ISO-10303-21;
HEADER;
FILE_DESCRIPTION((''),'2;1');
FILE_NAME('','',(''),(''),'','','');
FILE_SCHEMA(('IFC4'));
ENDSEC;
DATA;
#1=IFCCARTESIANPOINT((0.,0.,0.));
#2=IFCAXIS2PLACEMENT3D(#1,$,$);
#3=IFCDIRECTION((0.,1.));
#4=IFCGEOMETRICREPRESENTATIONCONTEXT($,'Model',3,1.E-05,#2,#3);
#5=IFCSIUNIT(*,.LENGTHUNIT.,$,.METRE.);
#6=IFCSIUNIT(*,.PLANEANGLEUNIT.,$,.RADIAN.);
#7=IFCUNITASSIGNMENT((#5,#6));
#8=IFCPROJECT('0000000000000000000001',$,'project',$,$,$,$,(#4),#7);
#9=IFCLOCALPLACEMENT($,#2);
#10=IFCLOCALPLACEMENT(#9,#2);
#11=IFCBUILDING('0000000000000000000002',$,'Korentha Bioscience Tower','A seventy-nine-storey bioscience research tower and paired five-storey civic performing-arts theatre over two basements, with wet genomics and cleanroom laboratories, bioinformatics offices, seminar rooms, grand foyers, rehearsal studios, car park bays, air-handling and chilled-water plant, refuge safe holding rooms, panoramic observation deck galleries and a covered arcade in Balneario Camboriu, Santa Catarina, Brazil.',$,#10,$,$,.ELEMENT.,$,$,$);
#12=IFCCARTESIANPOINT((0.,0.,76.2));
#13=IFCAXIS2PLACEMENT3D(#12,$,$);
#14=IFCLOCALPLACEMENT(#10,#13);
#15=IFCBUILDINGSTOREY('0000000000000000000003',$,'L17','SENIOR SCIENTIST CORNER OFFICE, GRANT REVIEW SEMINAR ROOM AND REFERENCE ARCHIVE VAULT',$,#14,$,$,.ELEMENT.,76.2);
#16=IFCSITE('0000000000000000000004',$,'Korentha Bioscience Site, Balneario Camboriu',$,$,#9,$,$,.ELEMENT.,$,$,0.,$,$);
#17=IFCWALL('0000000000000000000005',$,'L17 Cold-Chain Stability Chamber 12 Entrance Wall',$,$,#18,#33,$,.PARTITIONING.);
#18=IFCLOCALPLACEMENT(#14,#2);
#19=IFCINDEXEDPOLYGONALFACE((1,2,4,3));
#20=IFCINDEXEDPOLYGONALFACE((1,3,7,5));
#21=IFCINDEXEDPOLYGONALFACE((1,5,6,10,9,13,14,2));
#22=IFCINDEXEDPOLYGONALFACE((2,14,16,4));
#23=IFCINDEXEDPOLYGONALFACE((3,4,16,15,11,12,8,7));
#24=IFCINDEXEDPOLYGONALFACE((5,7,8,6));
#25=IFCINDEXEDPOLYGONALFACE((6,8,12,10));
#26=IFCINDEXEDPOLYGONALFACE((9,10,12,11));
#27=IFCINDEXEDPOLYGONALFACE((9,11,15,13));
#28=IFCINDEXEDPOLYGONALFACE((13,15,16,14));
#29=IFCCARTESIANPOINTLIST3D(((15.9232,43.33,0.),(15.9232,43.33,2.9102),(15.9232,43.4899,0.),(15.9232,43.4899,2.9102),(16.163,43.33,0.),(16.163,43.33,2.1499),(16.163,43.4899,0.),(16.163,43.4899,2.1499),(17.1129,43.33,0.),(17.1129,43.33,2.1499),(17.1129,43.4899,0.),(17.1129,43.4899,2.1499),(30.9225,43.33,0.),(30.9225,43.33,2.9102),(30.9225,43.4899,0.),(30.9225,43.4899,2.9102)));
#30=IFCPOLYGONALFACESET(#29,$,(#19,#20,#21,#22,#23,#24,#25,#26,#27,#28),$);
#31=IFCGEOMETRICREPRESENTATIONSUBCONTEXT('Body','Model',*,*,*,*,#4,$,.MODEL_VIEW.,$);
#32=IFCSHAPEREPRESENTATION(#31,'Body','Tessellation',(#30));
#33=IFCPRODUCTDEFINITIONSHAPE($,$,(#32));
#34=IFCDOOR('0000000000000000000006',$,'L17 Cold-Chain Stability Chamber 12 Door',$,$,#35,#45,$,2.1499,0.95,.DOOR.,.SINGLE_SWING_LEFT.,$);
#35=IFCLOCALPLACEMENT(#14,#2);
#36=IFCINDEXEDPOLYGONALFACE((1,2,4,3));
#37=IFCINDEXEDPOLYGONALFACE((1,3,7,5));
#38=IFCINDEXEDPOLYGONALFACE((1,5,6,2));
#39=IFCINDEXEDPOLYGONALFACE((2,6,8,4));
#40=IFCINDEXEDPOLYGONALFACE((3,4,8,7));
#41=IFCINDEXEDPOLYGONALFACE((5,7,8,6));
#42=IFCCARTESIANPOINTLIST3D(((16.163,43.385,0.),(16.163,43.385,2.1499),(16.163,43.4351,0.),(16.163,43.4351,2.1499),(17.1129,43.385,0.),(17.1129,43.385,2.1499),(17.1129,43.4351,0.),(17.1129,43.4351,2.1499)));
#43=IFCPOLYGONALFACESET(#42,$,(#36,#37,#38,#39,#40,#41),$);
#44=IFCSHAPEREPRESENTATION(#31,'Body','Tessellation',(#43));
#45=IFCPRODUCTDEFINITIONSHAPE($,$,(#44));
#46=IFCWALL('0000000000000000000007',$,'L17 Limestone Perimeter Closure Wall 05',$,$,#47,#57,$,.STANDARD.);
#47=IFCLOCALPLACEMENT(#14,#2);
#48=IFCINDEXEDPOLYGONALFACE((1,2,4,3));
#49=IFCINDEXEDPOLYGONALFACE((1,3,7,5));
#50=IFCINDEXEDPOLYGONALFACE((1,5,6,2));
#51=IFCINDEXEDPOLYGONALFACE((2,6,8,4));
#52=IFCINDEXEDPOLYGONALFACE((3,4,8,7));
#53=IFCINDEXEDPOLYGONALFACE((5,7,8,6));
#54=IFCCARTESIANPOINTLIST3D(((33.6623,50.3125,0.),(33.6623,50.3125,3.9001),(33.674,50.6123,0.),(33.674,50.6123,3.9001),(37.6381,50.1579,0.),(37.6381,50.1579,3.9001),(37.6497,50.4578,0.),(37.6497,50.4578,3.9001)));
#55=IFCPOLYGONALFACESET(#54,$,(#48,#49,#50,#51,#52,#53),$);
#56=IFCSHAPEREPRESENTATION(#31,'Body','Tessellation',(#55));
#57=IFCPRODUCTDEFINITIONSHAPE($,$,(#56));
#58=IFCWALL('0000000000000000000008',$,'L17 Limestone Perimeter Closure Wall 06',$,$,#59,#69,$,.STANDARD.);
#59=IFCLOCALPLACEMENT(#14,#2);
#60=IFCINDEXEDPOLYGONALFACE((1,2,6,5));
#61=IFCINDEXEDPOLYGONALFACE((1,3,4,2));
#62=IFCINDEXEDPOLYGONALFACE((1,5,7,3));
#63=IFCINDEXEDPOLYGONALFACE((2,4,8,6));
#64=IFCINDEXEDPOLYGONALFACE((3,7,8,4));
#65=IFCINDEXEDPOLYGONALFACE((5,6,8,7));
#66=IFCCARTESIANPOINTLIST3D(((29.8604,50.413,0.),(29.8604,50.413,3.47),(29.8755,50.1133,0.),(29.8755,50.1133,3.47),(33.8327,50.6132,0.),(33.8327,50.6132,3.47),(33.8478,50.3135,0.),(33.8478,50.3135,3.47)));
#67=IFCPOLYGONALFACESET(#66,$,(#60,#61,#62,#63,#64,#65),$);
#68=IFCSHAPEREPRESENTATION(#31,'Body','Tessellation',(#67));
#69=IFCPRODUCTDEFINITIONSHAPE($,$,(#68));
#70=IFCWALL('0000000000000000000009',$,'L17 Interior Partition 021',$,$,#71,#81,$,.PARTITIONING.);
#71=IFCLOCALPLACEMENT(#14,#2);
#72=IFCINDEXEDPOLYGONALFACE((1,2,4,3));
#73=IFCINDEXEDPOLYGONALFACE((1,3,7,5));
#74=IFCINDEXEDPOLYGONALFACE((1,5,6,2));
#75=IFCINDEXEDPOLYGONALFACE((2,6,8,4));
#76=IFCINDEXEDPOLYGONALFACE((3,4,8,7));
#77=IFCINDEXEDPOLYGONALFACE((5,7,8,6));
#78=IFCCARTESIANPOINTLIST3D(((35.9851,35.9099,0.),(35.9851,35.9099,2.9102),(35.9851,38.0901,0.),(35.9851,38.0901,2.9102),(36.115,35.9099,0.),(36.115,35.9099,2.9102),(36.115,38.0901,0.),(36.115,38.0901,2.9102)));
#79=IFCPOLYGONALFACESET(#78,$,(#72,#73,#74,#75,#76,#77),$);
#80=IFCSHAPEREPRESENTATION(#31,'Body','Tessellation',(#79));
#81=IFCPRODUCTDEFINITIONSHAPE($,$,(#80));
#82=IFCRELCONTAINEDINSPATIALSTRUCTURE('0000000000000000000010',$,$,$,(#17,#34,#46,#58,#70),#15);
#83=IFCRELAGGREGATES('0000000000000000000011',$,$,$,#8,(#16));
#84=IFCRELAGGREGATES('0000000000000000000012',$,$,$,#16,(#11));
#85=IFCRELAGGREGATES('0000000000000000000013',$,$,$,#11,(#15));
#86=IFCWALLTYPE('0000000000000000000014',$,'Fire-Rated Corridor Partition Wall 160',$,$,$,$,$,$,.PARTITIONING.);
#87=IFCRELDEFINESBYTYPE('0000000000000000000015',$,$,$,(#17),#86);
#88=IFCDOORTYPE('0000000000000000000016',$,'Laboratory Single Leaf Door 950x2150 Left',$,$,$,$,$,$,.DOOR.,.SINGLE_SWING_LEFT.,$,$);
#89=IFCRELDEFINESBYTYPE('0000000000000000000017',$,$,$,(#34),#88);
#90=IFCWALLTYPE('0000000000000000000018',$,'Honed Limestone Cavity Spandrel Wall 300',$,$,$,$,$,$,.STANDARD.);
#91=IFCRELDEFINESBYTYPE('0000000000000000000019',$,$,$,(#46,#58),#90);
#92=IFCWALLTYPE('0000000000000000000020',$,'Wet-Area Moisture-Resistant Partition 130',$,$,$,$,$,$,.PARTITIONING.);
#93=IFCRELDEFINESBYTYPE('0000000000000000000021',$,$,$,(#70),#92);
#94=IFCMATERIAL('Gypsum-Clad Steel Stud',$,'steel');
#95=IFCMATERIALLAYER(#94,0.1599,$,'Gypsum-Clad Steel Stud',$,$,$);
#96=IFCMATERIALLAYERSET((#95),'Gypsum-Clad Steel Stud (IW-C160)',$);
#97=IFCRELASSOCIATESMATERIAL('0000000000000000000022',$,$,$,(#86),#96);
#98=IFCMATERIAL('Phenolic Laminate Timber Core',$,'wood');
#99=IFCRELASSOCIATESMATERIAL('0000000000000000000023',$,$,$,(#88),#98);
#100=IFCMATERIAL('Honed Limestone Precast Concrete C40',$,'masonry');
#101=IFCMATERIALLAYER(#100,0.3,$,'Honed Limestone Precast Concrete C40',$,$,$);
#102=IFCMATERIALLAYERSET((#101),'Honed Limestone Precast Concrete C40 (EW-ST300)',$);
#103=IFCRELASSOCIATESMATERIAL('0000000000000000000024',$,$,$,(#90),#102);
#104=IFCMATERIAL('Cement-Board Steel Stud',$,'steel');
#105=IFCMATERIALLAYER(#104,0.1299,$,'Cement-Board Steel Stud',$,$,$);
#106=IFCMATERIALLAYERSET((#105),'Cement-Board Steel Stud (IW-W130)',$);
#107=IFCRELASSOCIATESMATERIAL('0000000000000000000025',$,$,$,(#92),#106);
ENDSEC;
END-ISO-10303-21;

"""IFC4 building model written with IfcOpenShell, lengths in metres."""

from ifc_helpers import new_model, si_unit, direction, frame, frame_2d, origin, place, context, subcontext, project, spatial, rectangle, extrude, material, layer, layer_set, type_object, element, fill, save


model = new_model("IFC4")

# Units and contexts
model_context = context("Model", 3, precision=1e-05, world=origin(), true_north=direction((0.0, 1.0)))
body_context = subcontext(model_context, "Body", "Model", "MODEL_VIEW")
ifc_project = project(units=[si_unit("LENGTHUNIT", "METRE"), si_unit("PLANEANGLEUNIT", "RADIAN")], contexts=[model_context])

# Site, building, storey
site_placement = place(None, origin())
site = spatial("IfcSite", under=ifc_project, at=site_placement, Name="Korentha Bioscience Site, Balneario Camboriu", CompositionType="ELEMENT", RefElevation=0.0)
building_placement = place(site_placement, origin())
building = spatial("IfcBuilding", under=site, at=building_placement, Name="Korentha Bioscience Tower", Description="A seventy-nine-storey bioscience research tower and paired five-storey civic performing-arts theatre over two basements, with wet genomics and cleanroom laboratories, bioinformatics offices, seminar rooms, grand foyers, rehearsal studios, car park bays, air-handling and chilled-water plant, refuge safe holding rooms, panoramic observation deck galleries and a covered arcade in Balneario Camboriu, Santa Catarina, Brazil.", CompositionType="ELEMENT")
storey_placement = place(building_placement, frame((0.0, 0.0, 76.2)))
storey = spatial("IfcBuildingStorey", under=building, at=storey_placement, Name="L17", Description="SENIOR SCIENTIST CORNER OFFICE, GRANT REVIEW SEMINAR ROOM AND REFERENCE ARCHIVE VAULT", CompositionType="ELEMENT", Elevation=76.2)

# Shared definitions
ifc_material_1 = material(Name="Phenolic Laminate Timber Core", Category="wood")

# Wall, opening, door
ifc_material_2 = material(Name="Gypsum-Clad Steel Stud", Category="steel")
ifc_layer_1 = layer(ifc_material_2, 0.1599, Name="Gypsum-Clad Steel Stud")
ifc_layer_set_1 = layer_set([ifc_layer_1], Name="Gypsum-Clad Steel Stud (IW-C160)")
wall_type_1 = type_object("IfcWallType", Name="Fire-Rated Corridor Partition Wall 160", PredefinedType="PARTITIONING", material=ifc_layer_set_1)
wall_1_placement = place(storey_placement, frame((30.9224, 43.4099, 0.0), z_axis=(0.0, 0.0, 1.0), x_axis=(-1.0, 0.0, 0.0)))
wall_1 = element("IfcWall", 1, at=wall_1_placement, inside=storey, type_object=wall_type_1, Name="L17 Cold-Chain Stability Chamber 12 Entrance Wall", PredefinedType="PARTITIONING", context=body_context, shape_type="SweptSolid", body=[
    extrude(rectangle(XDim=14.9993, YDim=0.1599, at=frame_2d((7.4995, 0.0))), origin(), (0.0, 0.0, 1.0), 2.9102),
])
opening_1_placement = place(wall_1_placement, frame((13.8093, 0.0, 0.0)))
opening_1 = element("IfcOpeningElement", 2, at=opening_1_placement, cuts=wall_1, PredefinedType="OPENING", context=body_context, shape_type="SweptSolid", body=[
    extrude(rectangle(XDim=0.95, YDim=2.1499, at=frame_2d((0.4751, 1.075))), frame((0.0, 0.0947, 0.0), z_axis=(0.0, -1.0, 0.0), x_axis=(1.0, 0.0, 0.0)), (0.0, 0.0, 1.0), 0.1897),
])
door_type_1 = type_object("IfcDoorType", Name="Laboratory Single Leaf Door 950x2150 Left", OperationType="SINGLE_SWING_LEFT", PredefinedType="DOOR", material=ifc_material_1)
door_1_placement = place(opening_1_placement, origin())
door_1 = element("IfcDoor", 3, at=door_1_placement, inside=storey, type_object=door_type_1, Name="L17 Cold-Chain Stability Chamber 12 Door", OperationType="SINGLE_SWING_LEFT", OverallHeight=2.1499, OverallWidth=0.95, PredefinedType="DOOR", context=body_context, shape_type="SweptSolid", body=[
    extrude(rectangle(XDim=0.95, YDim=2.1499, at=frame_2d((0.4751, 1.075))), frame((0.0, 0.0249, 0.0), z_axis=(0.0, -1.0, 0.0), x_axis=(1.0, 0.0, 0.0)), (0.0, 0.0, 1.0), 0.05),
])
fill(opening_1, door_1)

# Walls
ifc_material_3 = material(Name="Honed Limestone Precast Concrete C40", Category="masonry")
ifc_layer_2 = layer(ifc_material_3, 0.3, Name="Honed Limestone Precast Concrete C40")
ifc_layer_set_2 = layer_set([ifc_layer_2], Name="Honed Limestone Precast Concrete C40 (EW-ST300)")
wall_type_2 = type_object("IfcWallType", Name="Honed Limestone Cavity Spandrel Wall 300", PredefinedType="STANDARD", material=ifc_layer_set_2)
wall_2_placement = place(storey_placement, frame((37.6438, 50.3079, 0.0), z_axis=(0.0, 0.0, 1.0), x_axis=(-0.999245, 0.038841, 0.0)))
element("IfcWall", 4, at=wall_2_placement, inside=storey, type_object=wall_type_2, Name="L17 Limestone Perimeter Closure Wall 05", PredefinedType="STANDARD", context=body_context, shape_type="SweptSolid", body=[
    extrude(rectangle(XDim=3.9788, YDim=0.3, at=frame_2d((1.9893, 0.0))), origin(), (0.0, 0.0, 1.0), 3.9001),
])
wall_3_placement = place(storey_placement, frame((33.8403, 50.4634, 0.0), z_axis=(0.0, 0.0, 1.0), x_axis=(-0.998732, -0.050336, 0.0)))
element("IfcWall", 5, at=wall_3_placement, inside=storey, type_object=wall_type_2, Name="L17 Limestone Perimeter Closure Wall 06", PredefinedType="STANDARD", context=body_context, shape_type="SweptSolid", body=[
    extrude(rectangle(XDim=3.9773, YDim=0.3, at=frame_2d((1.9888, 0.0))), origin(), (0.0, 0.0, 1.0), 3.47),
])

# Shared definitions
ifc_material_4 = material(Name="Cement-Board Steel Stud", Category="steel")
ifc_layer_3 = layer(ifc_material_4, 0.1299, Name="Cement-Board Steel Stud")
ifc_layer_set_3 = layer_set([ifc_layer_3], Name="Cement-Board Steel Stud (IW-W130)")
wall_type_3 = type_object("IfcWallType", Name="Wet-Area Moisture-Resistant Partition 130", PredefinedType="PARTITIONING", material=ifc_layer_set_3)

# Wall
wall_4_placement = place(storey_placement, frame((36.05, 38.0901, 0.0), z_axis=(0.0, 0.0, 1.0), x_axis=(0.0, -1.0, 0.0)))
element("IfcWall", 6, at=wall_4_placement, inside=storey, type_object=wall_type_3, Name="L17 Interior Partition 021", PredefinedType="PARTITIONING", context=body_context, shape_type="SweptSolid", body=[
    extrude(rectangle(XDim=2.1802, YDim=0.1299, at=frame_2d((1.0901, 0.0))), origin(), (0.0, 0.0, 1.0), 2.9102),
])

save(model, "model.ifc")
